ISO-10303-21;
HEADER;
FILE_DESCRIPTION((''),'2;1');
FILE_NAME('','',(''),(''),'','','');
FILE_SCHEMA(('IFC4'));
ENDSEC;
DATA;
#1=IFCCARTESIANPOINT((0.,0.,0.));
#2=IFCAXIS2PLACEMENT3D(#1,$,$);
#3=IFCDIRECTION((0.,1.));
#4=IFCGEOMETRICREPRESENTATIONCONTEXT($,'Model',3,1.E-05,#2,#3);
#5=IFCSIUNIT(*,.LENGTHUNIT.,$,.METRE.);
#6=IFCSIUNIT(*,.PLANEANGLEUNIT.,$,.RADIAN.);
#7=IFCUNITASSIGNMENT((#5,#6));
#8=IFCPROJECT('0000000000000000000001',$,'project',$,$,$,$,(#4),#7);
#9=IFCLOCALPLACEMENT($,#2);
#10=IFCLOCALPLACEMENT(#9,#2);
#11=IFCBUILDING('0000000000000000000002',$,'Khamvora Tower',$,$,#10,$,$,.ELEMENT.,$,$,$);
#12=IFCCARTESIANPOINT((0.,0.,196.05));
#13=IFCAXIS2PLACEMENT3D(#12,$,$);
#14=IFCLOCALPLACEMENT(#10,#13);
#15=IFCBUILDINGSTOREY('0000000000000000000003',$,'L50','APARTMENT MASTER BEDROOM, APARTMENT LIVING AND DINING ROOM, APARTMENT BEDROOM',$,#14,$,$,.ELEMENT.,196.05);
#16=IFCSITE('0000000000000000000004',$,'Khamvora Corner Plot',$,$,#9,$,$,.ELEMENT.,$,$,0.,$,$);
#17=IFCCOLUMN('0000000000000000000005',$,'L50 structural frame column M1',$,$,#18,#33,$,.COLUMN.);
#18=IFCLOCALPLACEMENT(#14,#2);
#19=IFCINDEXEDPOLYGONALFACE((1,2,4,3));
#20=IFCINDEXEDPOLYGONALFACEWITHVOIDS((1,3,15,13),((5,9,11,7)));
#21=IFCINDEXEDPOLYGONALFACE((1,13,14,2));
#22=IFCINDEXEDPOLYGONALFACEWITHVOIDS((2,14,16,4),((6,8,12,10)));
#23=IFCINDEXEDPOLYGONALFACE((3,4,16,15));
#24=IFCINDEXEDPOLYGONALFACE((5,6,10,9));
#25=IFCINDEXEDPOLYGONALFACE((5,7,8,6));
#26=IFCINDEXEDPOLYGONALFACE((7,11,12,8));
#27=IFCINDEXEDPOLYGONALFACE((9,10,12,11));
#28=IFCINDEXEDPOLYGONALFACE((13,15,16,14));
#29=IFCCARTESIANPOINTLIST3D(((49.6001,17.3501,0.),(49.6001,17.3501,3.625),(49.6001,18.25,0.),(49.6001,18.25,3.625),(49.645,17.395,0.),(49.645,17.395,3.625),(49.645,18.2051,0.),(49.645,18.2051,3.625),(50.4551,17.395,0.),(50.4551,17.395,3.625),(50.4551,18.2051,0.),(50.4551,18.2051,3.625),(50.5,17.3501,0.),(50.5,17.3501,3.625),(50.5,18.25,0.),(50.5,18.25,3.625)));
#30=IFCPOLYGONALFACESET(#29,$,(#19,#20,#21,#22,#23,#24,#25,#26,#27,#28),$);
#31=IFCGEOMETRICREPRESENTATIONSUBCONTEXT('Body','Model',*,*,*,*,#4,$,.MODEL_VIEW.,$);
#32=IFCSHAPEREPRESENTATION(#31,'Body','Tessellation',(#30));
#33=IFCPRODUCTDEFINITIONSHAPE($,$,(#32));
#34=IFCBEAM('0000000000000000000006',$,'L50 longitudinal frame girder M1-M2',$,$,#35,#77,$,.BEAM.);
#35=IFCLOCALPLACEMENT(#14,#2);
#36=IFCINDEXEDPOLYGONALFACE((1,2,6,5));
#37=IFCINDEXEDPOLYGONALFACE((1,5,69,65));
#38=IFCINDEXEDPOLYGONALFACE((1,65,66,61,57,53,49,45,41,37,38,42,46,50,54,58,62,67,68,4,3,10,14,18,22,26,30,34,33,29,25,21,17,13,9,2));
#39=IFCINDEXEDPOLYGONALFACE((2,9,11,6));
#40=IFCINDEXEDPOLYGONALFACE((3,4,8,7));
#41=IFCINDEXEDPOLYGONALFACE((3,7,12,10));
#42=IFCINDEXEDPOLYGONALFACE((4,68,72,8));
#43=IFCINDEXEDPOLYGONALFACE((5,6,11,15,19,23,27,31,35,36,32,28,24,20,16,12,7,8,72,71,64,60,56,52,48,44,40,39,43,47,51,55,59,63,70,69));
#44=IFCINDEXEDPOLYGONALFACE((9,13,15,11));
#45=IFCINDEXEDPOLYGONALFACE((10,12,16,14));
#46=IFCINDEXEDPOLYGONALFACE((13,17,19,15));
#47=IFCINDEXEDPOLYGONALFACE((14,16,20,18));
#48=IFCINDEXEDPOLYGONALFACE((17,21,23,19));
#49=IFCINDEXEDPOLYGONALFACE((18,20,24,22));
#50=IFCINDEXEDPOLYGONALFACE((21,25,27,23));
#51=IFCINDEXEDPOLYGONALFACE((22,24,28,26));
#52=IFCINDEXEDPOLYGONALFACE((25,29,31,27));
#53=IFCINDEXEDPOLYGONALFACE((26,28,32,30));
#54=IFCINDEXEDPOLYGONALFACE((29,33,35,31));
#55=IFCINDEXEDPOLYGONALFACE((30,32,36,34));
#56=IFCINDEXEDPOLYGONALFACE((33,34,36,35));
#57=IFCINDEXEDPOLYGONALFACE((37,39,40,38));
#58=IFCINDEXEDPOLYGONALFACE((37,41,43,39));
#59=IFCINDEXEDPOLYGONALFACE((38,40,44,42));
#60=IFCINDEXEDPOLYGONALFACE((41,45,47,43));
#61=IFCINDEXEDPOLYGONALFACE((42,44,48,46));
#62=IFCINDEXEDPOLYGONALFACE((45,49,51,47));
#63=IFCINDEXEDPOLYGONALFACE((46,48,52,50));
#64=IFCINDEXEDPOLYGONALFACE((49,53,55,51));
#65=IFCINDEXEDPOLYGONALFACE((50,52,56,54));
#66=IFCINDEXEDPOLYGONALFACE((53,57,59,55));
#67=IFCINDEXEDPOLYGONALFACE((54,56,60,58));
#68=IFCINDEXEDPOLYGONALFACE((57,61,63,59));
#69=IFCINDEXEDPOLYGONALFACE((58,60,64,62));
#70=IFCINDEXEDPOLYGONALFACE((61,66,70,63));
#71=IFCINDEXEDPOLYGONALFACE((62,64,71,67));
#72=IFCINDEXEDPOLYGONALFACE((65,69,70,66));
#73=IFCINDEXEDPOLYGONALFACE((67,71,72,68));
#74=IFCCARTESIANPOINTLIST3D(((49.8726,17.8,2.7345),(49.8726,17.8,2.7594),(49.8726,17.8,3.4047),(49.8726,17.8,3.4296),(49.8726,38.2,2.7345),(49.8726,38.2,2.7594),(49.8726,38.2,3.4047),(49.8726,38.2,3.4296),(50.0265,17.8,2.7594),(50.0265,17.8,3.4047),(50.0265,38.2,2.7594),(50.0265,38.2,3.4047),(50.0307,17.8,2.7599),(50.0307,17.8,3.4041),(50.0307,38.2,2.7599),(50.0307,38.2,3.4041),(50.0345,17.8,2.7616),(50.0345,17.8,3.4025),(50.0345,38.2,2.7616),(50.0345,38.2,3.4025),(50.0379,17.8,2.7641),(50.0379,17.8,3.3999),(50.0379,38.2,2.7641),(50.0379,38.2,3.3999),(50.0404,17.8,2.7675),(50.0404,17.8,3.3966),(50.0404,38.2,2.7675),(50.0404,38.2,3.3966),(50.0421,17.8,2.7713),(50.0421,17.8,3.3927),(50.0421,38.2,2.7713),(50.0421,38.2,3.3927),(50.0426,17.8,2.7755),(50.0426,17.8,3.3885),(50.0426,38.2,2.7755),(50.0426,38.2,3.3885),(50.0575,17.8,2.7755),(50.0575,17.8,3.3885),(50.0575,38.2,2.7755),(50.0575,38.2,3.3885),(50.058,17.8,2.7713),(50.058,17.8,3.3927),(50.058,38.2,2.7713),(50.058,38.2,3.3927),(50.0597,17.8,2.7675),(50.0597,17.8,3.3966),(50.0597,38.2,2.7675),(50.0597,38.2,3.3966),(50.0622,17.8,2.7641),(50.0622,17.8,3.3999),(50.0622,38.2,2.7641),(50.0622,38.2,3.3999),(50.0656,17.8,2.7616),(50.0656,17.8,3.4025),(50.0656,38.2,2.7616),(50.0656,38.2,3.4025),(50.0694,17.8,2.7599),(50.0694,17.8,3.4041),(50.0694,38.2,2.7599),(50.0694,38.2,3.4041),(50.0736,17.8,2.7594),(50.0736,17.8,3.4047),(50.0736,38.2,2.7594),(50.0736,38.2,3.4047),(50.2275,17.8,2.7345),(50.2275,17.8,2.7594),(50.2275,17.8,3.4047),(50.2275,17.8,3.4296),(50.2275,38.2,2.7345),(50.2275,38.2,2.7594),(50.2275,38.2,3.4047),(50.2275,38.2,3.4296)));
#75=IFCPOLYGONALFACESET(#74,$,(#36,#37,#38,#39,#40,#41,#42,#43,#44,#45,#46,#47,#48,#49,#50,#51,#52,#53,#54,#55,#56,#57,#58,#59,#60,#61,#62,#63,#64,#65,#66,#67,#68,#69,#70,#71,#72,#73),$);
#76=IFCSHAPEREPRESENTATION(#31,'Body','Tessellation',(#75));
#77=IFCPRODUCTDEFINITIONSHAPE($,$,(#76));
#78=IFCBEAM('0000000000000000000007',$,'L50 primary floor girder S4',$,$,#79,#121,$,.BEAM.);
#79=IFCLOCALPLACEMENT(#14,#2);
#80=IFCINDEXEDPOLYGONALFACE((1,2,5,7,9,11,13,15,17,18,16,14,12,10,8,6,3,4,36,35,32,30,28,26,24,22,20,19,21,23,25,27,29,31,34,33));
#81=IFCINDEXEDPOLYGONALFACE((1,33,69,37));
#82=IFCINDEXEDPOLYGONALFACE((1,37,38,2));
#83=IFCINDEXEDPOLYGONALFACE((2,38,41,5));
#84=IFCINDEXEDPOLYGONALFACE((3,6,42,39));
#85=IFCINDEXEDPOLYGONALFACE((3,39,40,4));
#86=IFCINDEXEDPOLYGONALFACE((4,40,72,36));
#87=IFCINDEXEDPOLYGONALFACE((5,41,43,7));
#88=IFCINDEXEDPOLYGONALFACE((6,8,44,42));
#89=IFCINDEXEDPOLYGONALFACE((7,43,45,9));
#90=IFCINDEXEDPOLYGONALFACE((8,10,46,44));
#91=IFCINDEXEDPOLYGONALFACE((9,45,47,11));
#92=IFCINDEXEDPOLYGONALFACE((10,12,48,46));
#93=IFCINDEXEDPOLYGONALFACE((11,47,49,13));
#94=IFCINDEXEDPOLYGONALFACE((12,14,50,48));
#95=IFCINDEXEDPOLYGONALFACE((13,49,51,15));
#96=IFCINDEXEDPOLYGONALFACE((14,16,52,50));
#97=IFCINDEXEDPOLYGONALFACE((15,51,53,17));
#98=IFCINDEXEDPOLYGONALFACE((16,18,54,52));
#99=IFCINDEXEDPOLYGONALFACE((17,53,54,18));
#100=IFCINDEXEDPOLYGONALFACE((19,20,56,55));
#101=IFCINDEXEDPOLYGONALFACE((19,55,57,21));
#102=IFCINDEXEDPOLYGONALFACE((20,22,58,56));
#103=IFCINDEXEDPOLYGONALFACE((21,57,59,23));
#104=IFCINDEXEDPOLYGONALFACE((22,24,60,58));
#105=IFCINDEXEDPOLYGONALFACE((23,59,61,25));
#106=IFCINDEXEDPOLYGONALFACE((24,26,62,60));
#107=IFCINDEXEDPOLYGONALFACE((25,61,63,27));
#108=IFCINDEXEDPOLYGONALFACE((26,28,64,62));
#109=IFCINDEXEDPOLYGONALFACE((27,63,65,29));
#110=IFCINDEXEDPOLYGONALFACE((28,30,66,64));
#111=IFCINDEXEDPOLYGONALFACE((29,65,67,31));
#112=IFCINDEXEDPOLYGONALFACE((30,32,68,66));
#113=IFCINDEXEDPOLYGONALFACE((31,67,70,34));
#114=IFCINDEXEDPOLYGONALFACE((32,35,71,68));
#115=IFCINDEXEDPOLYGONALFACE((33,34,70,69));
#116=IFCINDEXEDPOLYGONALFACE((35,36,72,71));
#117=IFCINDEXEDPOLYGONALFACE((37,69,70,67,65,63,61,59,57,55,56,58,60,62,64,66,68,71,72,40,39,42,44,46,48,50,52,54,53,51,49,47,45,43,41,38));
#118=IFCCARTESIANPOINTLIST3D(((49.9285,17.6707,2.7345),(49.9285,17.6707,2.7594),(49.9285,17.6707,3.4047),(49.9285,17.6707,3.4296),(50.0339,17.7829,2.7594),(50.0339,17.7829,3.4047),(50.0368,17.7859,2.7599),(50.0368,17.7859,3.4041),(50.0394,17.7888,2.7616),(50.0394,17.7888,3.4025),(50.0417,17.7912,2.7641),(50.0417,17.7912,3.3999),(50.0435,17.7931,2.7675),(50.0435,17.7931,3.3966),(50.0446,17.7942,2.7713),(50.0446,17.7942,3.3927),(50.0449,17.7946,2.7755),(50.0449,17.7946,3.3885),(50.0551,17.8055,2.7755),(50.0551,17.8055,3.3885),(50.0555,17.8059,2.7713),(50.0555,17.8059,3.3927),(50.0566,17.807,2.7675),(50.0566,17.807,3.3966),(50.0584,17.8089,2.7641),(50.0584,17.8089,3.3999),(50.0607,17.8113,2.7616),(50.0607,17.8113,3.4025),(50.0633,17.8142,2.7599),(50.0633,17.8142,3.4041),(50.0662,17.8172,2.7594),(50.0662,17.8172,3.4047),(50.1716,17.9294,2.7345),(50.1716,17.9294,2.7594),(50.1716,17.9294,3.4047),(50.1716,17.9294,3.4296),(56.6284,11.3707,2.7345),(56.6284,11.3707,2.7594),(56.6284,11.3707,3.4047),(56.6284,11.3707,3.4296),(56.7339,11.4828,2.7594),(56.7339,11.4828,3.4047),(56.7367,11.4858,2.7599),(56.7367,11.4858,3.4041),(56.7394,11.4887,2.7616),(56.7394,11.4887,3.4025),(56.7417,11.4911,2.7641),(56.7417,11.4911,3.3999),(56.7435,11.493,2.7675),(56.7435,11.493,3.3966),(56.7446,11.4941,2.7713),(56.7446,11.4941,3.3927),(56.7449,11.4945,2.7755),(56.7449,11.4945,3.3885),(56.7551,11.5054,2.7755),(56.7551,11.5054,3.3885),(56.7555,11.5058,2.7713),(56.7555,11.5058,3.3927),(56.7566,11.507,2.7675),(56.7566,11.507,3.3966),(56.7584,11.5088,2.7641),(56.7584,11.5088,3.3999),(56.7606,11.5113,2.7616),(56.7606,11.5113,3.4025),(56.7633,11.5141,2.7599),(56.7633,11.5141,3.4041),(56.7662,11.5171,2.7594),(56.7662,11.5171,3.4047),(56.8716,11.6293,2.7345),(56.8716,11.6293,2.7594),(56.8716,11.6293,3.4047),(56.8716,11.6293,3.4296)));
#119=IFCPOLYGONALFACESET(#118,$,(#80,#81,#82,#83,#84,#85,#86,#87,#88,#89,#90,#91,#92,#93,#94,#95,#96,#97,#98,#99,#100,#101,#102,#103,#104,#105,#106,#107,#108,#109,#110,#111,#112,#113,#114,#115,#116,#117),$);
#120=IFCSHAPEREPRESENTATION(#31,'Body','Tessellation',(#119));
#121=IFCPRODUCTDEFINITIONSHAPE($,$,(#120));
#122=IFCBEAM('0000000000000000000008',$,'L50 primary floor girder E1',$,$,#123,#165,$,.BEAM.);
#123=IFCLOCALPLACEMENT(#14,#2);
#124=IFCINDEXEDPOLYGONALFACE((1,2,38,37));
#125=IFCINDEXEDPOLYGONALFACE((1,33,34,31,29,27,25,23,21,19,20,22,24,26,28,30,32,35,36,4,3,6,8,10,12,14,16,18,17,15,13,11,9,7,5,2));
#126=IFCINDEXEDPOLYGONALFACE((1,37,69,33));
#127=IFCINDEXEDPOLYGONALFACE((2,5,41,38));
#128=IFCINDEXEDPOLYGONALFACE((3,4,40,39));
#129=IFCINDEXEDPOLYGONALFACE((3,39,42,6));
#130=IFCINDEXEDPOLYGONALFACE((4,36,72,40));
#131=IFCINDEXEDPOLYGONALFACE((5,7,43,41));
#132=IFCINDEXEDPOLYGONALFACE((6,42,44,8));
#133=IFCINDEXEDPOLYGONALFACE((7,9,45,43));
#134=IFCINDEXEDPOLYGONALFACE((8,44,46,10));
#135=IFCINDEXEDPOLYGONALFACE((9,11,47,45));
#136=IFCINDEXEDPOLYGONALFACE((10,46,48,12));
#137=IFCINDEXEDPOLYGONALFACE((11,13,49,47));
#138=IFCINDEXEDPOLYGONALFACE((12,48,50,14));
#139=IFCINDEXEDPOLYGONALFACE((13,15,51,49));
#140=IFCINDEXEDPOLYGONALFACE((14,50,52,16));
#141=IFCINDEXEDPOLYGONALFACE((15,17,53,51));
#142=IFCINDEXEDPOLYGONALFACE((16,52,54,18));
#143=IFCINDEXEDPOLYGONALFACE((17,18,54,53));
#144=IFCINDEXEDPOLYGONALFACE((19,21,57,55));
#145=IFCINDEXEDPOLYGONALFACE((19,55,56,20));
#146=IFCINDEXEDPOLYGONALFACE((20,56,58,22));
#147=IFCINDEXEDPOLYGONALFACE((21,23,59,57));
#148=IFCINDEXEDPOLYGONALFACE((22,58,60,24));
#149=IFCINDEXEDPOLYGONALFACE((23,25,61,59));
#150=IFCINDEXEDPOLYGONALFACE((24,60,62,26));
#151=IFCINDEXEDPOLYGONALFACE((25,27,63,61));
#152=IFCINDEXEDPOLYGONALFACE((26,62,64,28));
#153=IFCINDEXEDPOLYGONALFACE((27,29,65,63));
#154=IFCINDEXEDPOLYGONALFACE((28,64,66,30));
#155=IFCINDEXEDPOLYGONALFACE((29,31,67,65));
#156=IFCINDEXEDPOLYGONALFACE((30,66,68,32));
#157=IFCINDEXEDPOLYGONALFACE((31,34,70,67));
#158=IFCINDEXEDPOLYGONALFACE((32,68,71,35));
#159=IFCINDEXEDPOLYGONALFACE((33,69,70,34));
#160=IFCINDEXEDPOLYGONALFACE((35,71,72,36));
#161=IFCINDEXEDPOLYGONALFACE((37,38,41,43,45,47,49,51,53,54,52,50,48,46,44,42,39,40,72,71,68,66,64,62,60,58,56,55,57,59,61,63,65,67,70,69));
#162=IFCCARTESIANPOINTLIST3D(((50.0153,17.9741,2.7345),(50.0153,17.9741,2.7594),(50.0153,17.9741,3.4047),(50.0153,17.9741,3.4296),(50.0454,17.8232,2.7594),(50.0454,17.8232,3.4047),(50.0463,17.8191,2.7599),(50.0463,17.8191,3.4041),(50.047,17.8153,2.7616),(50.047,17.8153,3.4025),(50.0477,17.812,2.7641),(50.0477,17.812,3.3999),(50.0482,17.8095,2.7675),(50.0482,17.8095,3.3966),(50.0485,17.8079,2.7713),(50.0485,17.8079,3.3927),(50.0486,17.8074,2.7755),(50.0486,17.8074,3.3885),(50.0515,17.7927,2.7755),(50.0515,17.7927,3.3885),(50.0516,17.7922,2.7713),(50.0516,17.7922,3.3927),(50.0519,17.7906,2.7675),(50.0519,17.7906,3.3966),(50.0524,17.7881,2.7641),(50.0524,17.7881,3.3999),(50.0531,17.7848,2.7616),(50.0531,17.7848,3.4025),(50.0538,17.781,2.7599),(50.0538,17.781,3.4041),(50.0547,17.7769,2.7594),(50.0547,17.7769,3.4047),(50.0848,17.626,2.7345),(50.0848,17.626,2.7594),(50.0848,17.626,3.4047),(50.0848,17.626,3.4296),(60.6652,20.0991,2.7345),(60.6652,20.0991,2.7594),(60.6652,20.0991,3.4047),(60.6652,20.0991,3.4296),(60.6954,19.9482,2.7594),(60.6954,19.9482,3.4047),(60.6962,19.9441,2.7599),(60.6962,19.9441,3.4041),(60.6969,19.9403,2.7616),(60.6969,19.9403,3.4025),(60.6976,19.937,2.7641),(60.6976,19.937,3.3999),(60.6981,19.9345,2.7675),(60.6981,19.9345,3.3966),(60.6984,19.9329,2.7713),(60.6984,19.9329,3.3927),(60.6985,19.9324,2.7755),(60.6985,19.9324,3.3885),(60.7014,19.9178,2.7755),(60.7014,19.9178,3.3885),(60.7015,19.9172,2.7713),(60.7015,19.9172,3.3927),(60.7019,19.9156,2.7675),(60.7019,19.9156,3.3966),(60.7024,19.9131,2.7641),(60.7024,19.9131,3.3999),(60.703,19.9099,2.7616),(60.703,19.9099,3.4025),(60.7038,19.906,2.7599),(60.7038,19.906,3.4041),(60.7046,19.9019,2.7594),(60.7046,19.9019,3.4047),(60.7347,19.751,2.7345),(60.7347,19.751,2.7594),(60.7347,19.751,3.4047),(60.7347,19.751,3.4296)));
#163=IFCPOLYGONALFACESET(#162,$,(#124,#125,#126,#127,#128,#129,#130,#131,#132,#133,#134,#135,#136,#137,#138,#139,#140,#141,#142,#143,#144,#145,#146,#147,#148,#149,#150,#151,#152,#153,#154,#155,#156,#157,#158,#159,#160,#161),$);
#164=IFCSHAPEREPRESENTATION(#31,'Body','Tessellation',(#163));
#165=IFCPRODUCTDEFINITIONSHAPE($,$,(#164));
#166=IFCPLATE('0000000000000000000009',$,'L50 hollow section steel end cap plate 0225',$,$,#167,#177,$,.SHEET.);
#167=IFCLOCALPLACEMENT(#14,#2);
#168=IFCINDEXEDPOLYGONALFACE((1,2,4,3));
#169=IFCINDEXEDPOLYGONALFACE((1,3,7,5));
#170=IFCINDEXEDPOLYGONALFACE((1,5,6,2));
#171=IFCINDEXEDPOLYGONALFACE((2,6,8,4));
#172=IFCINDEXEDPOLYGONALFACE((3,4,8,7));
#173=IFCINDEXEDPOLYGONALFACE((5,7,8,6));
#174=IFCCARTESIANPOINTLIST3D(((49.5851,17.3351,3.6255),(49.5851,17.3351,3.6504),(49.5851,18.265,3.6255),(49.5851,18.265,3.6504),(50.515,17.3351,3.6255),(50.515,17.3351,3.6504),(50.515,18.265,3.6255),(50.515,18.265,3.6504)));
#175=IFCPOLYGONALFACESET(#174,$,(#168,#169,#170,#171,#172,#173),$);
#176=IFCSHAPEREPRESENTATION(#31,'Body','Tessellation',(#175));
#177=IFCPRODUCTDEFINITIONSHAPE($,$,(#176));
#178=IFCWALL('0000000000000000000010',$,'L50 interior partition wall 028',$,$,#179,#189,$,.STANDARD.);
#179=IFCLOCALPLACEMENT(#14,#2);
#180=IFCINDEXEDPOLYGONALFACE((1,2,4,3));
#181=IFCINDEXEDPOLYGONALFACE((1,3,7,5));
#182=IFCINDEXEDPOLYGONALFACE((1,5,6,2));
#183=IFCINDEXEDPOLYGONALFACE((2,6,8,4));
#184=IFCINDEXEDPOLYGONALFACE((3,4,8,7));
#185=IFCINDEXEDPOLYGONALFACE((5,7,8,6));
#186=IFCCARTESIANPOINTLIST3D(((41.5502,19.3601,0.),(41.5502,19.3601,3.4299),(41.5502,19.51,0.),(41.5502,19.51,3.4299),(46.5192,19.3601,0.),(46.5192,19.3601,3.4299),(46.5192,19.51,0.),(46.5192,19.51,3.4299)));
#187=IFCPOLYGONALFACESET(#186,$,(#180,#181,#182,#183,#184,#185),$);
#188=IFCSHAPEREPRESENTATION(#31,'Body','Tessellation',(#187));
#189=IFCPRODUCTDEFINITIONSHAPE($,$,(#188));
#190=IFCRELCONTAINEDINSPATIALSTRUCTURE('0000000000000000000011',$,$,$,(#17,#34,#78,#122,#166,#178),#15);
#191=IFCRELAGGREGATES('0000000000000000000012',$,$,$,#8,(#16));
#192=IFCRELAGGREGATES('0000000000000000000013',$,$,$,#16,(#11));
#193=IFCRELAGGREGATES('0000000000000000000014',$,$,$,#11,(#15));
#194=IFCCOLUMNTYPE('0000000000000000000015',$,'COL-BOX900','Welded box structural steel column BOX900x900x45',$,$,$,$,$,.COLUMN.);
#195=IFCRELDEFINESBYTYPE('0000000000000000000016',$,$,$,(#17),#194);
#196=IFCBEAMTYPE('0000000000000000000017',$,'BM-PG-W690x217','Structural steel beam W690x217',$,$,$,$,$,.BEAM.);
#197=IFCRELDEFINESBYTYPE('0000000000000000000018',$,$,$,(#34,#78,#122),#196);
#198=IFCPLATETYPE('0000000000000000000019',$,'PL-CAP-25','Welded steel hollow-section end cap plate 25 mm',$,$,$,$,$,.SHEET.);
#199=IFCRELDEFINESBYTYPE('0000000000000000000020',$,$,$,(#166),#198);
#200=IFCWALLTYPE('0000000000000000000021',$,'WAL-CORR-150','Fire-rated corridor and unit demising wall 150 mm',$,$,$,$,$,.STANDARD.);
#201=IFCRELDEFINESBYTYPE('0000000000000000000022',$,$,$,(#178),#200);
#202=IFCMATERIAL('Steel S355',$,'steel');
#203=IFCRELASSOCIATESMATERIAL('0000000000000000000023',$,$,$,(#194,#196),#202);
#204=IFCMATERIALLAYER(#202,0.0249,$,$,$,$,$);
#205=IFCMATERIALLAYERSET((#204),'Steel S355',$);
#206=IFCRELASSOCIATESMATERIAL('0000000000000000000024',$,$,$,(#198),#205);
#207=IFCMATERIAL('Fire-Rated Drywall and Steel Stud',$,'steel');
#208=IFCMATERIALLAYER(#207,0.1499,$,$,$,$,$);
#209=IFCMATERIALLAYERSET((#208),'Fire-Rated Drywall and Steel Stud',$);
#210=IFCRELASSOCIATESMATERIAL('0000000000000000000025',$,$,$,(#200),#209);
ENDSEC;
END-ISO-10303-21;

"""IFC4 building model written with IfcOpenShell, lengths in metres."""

from ifc_helpers import new_model, si_unit, direction, frame, frame_2d, origin, origin_2d, place, context, subcontext, project, spatial, rectangle, hollow_rectangle, i_section, extrude, material, layer, layer_set, material_profile, profile_set, type_object, element, save


model = new_model("IFC4")

# Units and contexts
model_context = context("Model", 3, precision=1e-05, world=origin(), true_north=direction((0.0, 1.0)))
body_context = subcontext(model_context, "Body", "Model", "MODEL_VIEW")
ifc_project = project(units=[si_unit("LENGTHUNIT", "METRE"), si_unit("PLANEANGLEUNIT", "RADIAN")], contexts=[model_context])

# Site, building, storey
site_placement = place(None, origin())
site = spatial("IfcSite", under=ifc_project, at=site_placement, Name="Khamvora Corner Plot", CompositionType="ELEMENT", RefElevation=0.0)
building_placement = place(site_placement, origin())
building = spatial("IfcBuilding", under=site, at=building_placement, Name="Khamvora Tower", CompositionType="ELEMENT")
storey_placement = place(building_placement, frame((0.0, 0.0, 196.05)))
storey = spatial("IfcBuildingStorey", under=building, at=storey_placement, Name="L50", Description="APARTMENT MASTER BEDROOM, APARTMENT LIVING AND DINING ROOM, APARTMENT BEDROOM", CompositionType="ELEMENT", Elevation=196.05)

# Column
ifc_material_1 = material(Name="Steel S355", Category="steel")
ifc_material_profile_1 = material_profile(ifc_material_1, hollow_rectangle(XDim=0.8999, YDim=0.8999, WallThickness=0.0449, at=origin_2d()), Name="BOX900x900x45")
ifc_profile_set_1 = profile_set([ifc_material_profile_1], Name="Steel S355")
column_type = type_object("IfcColumnType", Name="COL-BOX900", Description="Welded box structural steel column BOX900x900x45", PredefinedType="COLUMN", material=ifc_profile_set_1)
column_placement = place(storey_placement, frame((50.05, 17.8, 0.0), z_axis=(0.0, 0.0, 1.0), x_axis=(1.0, 0.0, 0.0)))
element("IfcColumn", 1, at=column_placement, inside=storey, type_object=column_type, Name="L50 structural frame column M1", PredefinedType="COLUMN", context=body_context, shape_type="SweptSolid", body=[
    extrude(hollow_rectangle(XDim=0.8999, YDim=0.8999, WallThickness=0.0449, at=origin_2d()), origin(), (0.0, 0.0, 1.0), 3.625),
])

# Beams
ifc_material_profile_2 = material_profile(ifc_material_1, i_section(OverallWidth=0.355, OverallDepth=0.6951, WebThickness=0.0149, FlangeThickness=0.0249, FilletRadius=0.0161, at=origin_2d()), Name="W690x217")
ifc_profile_set_2 = profile_set([ifc_material_profile_2], Name="Steel S355")
beam_type = type_object("IfcBeamType", Name="BM-PG-W690x217", Description="Structural steel beam W690x217", PredefinedType="BEAM", material=ifc_profile_set_2)
beam_1_placement = place(storey_placement, frame((50.05, 17.8, 3.082), z_axis=(0.0, 1.0, 0.0), x_axis=(-1.0, 0.0, 0.0)))
element("IfcBeam", 2, at=beam_1_placement, inside=storey, type_object=beam_type, Name="L50 longitudinal frame girder M1-M2", PredefinedType="BEAM", context=body_context, shape_type="SweptSolid", body=[
    extrude(i_section(OverallWidth=0.355, OverallDepth=0.6951, WebThickness=0.0149, FlangeThickness=0.0249, FilletRadius=0.0161, at=origin_2d()), origin(), (0.0, 0.0, 1.0), 20.3999),
])
beam_2_placement = place(storey_placement, frame((50.05, 17.8, 3.082), z_axis=(0.728514, -0.685031, 0.0), x_axis=(0.685031, 0.728514, 0.0)))
element("IfcBeam", 3, at=beam_2_placement, inside=storey, type_object=beam_type, Name="L50 primary floor girder S4", PredefinedType="BEAM", context=body_context, shape_type="SweptSolid", body=[
    extrude(i_section(OverallWidth=0.355, OverallDepth=0.6951, WebThickness=0.0149, FlangeThickness=0.0249, FilletRadius=0.0161, at=origin_2d()), origin(), (0.0, 0.0, 1.0), 9.1968),
])
beam_3_placement = place(storey_placement, frame((50.05, 17.8, 3.082), z_axis=(0.980669, 0.195675, 0.0), x_axis=(-0.195675, 0.980669, 0.0)))
element("IfcBeam", 4, at=beam_3_placement, inside=storey, type_object=beam_type, Name="L50 primary floor girder E1", PredefinedType="BEAM", context=body_context, shape_type="SweptSolid", body=[
    extrude(i_section(OverallWidth=0.355, OverallDepth=0.6951, WebThickness=0.0149, FlangeThickness=0.0249, FilletRadius=0.0161, at=origin_2d()), origin(), (0.0, 0.0, 1.0), 10.8599),
])

# Plate
ifc_layer_1 = layer(ifc_material_1, 0.0249)
ifc_layer_set_1 = layer_set([ifc_layer_1], Name="Steel S355")
plate_type = type_object("IfcPlateType", Name="PL-CAP-25", Description="Welded steel hollow-section end cap plate 25 mm", PredefinedType="SHEET", material=ifc_layer_set_1)
plate_placement = place(storey_placement, frame((50.05, 17.8, 3.6255), z_axis=(0.0, 0.0, 1.0), x_axis=(1.0, 0.0, 0.0)))
element("IfcPlate", 5, at=plate_placement, inside=storey, type_object=plate_type, Name="L50 hollow section steel end cap plate 0225", PredefinedType="SHEET", context=body_context, shape_type="SweptSolid", body=[
    extrude(rectangle(XDim=0.9299, YDim=0.9299, at=origin_2d()), origin(), (0.0, 0.0, 1.0), 0.0249),
])

# Wall
ifc_material_2 = material(Name="Fire-Rated Drywall and Steel Stud", Category="steel")
ifc_layer_2 = layer(ifc_material_2, 0.1499)
ifc_layer_set_2 = layer_set([ifc_layer_2], Name="Fire-Rated Drywall and Steel Stud")
wall_type_1 = type_object("IfcWallType", Name="WAL-CORR-150", Description="Fire-rated corridor and unit demising wall 150 mm", PredefinedType="STANDARD", material=ifc_layer_set_2)
wall_1_placement = place(storey_placement, frame((46.519, 19.4351, 0.0), z_axis=(0.0, 0.0, 1.0), x_axis=(-1.0, 0.0, 0.0)))
element("IfcWall", 6, at=wall_1_placement, inside=storey, type_object=wall_type_1, Name="L50 interior partition wall 028", PredefinedType="STANDARD", context=body_context, shape_type="SweptSolid", body=[
    extrude(rectangle(XDim=4.969, YDim=0.1499, at=frame_2d((2.4844, 0.0))), origin(), (0.0, 0.0, 1.0), 3.4299),
])

save(model, "model.ifc")
